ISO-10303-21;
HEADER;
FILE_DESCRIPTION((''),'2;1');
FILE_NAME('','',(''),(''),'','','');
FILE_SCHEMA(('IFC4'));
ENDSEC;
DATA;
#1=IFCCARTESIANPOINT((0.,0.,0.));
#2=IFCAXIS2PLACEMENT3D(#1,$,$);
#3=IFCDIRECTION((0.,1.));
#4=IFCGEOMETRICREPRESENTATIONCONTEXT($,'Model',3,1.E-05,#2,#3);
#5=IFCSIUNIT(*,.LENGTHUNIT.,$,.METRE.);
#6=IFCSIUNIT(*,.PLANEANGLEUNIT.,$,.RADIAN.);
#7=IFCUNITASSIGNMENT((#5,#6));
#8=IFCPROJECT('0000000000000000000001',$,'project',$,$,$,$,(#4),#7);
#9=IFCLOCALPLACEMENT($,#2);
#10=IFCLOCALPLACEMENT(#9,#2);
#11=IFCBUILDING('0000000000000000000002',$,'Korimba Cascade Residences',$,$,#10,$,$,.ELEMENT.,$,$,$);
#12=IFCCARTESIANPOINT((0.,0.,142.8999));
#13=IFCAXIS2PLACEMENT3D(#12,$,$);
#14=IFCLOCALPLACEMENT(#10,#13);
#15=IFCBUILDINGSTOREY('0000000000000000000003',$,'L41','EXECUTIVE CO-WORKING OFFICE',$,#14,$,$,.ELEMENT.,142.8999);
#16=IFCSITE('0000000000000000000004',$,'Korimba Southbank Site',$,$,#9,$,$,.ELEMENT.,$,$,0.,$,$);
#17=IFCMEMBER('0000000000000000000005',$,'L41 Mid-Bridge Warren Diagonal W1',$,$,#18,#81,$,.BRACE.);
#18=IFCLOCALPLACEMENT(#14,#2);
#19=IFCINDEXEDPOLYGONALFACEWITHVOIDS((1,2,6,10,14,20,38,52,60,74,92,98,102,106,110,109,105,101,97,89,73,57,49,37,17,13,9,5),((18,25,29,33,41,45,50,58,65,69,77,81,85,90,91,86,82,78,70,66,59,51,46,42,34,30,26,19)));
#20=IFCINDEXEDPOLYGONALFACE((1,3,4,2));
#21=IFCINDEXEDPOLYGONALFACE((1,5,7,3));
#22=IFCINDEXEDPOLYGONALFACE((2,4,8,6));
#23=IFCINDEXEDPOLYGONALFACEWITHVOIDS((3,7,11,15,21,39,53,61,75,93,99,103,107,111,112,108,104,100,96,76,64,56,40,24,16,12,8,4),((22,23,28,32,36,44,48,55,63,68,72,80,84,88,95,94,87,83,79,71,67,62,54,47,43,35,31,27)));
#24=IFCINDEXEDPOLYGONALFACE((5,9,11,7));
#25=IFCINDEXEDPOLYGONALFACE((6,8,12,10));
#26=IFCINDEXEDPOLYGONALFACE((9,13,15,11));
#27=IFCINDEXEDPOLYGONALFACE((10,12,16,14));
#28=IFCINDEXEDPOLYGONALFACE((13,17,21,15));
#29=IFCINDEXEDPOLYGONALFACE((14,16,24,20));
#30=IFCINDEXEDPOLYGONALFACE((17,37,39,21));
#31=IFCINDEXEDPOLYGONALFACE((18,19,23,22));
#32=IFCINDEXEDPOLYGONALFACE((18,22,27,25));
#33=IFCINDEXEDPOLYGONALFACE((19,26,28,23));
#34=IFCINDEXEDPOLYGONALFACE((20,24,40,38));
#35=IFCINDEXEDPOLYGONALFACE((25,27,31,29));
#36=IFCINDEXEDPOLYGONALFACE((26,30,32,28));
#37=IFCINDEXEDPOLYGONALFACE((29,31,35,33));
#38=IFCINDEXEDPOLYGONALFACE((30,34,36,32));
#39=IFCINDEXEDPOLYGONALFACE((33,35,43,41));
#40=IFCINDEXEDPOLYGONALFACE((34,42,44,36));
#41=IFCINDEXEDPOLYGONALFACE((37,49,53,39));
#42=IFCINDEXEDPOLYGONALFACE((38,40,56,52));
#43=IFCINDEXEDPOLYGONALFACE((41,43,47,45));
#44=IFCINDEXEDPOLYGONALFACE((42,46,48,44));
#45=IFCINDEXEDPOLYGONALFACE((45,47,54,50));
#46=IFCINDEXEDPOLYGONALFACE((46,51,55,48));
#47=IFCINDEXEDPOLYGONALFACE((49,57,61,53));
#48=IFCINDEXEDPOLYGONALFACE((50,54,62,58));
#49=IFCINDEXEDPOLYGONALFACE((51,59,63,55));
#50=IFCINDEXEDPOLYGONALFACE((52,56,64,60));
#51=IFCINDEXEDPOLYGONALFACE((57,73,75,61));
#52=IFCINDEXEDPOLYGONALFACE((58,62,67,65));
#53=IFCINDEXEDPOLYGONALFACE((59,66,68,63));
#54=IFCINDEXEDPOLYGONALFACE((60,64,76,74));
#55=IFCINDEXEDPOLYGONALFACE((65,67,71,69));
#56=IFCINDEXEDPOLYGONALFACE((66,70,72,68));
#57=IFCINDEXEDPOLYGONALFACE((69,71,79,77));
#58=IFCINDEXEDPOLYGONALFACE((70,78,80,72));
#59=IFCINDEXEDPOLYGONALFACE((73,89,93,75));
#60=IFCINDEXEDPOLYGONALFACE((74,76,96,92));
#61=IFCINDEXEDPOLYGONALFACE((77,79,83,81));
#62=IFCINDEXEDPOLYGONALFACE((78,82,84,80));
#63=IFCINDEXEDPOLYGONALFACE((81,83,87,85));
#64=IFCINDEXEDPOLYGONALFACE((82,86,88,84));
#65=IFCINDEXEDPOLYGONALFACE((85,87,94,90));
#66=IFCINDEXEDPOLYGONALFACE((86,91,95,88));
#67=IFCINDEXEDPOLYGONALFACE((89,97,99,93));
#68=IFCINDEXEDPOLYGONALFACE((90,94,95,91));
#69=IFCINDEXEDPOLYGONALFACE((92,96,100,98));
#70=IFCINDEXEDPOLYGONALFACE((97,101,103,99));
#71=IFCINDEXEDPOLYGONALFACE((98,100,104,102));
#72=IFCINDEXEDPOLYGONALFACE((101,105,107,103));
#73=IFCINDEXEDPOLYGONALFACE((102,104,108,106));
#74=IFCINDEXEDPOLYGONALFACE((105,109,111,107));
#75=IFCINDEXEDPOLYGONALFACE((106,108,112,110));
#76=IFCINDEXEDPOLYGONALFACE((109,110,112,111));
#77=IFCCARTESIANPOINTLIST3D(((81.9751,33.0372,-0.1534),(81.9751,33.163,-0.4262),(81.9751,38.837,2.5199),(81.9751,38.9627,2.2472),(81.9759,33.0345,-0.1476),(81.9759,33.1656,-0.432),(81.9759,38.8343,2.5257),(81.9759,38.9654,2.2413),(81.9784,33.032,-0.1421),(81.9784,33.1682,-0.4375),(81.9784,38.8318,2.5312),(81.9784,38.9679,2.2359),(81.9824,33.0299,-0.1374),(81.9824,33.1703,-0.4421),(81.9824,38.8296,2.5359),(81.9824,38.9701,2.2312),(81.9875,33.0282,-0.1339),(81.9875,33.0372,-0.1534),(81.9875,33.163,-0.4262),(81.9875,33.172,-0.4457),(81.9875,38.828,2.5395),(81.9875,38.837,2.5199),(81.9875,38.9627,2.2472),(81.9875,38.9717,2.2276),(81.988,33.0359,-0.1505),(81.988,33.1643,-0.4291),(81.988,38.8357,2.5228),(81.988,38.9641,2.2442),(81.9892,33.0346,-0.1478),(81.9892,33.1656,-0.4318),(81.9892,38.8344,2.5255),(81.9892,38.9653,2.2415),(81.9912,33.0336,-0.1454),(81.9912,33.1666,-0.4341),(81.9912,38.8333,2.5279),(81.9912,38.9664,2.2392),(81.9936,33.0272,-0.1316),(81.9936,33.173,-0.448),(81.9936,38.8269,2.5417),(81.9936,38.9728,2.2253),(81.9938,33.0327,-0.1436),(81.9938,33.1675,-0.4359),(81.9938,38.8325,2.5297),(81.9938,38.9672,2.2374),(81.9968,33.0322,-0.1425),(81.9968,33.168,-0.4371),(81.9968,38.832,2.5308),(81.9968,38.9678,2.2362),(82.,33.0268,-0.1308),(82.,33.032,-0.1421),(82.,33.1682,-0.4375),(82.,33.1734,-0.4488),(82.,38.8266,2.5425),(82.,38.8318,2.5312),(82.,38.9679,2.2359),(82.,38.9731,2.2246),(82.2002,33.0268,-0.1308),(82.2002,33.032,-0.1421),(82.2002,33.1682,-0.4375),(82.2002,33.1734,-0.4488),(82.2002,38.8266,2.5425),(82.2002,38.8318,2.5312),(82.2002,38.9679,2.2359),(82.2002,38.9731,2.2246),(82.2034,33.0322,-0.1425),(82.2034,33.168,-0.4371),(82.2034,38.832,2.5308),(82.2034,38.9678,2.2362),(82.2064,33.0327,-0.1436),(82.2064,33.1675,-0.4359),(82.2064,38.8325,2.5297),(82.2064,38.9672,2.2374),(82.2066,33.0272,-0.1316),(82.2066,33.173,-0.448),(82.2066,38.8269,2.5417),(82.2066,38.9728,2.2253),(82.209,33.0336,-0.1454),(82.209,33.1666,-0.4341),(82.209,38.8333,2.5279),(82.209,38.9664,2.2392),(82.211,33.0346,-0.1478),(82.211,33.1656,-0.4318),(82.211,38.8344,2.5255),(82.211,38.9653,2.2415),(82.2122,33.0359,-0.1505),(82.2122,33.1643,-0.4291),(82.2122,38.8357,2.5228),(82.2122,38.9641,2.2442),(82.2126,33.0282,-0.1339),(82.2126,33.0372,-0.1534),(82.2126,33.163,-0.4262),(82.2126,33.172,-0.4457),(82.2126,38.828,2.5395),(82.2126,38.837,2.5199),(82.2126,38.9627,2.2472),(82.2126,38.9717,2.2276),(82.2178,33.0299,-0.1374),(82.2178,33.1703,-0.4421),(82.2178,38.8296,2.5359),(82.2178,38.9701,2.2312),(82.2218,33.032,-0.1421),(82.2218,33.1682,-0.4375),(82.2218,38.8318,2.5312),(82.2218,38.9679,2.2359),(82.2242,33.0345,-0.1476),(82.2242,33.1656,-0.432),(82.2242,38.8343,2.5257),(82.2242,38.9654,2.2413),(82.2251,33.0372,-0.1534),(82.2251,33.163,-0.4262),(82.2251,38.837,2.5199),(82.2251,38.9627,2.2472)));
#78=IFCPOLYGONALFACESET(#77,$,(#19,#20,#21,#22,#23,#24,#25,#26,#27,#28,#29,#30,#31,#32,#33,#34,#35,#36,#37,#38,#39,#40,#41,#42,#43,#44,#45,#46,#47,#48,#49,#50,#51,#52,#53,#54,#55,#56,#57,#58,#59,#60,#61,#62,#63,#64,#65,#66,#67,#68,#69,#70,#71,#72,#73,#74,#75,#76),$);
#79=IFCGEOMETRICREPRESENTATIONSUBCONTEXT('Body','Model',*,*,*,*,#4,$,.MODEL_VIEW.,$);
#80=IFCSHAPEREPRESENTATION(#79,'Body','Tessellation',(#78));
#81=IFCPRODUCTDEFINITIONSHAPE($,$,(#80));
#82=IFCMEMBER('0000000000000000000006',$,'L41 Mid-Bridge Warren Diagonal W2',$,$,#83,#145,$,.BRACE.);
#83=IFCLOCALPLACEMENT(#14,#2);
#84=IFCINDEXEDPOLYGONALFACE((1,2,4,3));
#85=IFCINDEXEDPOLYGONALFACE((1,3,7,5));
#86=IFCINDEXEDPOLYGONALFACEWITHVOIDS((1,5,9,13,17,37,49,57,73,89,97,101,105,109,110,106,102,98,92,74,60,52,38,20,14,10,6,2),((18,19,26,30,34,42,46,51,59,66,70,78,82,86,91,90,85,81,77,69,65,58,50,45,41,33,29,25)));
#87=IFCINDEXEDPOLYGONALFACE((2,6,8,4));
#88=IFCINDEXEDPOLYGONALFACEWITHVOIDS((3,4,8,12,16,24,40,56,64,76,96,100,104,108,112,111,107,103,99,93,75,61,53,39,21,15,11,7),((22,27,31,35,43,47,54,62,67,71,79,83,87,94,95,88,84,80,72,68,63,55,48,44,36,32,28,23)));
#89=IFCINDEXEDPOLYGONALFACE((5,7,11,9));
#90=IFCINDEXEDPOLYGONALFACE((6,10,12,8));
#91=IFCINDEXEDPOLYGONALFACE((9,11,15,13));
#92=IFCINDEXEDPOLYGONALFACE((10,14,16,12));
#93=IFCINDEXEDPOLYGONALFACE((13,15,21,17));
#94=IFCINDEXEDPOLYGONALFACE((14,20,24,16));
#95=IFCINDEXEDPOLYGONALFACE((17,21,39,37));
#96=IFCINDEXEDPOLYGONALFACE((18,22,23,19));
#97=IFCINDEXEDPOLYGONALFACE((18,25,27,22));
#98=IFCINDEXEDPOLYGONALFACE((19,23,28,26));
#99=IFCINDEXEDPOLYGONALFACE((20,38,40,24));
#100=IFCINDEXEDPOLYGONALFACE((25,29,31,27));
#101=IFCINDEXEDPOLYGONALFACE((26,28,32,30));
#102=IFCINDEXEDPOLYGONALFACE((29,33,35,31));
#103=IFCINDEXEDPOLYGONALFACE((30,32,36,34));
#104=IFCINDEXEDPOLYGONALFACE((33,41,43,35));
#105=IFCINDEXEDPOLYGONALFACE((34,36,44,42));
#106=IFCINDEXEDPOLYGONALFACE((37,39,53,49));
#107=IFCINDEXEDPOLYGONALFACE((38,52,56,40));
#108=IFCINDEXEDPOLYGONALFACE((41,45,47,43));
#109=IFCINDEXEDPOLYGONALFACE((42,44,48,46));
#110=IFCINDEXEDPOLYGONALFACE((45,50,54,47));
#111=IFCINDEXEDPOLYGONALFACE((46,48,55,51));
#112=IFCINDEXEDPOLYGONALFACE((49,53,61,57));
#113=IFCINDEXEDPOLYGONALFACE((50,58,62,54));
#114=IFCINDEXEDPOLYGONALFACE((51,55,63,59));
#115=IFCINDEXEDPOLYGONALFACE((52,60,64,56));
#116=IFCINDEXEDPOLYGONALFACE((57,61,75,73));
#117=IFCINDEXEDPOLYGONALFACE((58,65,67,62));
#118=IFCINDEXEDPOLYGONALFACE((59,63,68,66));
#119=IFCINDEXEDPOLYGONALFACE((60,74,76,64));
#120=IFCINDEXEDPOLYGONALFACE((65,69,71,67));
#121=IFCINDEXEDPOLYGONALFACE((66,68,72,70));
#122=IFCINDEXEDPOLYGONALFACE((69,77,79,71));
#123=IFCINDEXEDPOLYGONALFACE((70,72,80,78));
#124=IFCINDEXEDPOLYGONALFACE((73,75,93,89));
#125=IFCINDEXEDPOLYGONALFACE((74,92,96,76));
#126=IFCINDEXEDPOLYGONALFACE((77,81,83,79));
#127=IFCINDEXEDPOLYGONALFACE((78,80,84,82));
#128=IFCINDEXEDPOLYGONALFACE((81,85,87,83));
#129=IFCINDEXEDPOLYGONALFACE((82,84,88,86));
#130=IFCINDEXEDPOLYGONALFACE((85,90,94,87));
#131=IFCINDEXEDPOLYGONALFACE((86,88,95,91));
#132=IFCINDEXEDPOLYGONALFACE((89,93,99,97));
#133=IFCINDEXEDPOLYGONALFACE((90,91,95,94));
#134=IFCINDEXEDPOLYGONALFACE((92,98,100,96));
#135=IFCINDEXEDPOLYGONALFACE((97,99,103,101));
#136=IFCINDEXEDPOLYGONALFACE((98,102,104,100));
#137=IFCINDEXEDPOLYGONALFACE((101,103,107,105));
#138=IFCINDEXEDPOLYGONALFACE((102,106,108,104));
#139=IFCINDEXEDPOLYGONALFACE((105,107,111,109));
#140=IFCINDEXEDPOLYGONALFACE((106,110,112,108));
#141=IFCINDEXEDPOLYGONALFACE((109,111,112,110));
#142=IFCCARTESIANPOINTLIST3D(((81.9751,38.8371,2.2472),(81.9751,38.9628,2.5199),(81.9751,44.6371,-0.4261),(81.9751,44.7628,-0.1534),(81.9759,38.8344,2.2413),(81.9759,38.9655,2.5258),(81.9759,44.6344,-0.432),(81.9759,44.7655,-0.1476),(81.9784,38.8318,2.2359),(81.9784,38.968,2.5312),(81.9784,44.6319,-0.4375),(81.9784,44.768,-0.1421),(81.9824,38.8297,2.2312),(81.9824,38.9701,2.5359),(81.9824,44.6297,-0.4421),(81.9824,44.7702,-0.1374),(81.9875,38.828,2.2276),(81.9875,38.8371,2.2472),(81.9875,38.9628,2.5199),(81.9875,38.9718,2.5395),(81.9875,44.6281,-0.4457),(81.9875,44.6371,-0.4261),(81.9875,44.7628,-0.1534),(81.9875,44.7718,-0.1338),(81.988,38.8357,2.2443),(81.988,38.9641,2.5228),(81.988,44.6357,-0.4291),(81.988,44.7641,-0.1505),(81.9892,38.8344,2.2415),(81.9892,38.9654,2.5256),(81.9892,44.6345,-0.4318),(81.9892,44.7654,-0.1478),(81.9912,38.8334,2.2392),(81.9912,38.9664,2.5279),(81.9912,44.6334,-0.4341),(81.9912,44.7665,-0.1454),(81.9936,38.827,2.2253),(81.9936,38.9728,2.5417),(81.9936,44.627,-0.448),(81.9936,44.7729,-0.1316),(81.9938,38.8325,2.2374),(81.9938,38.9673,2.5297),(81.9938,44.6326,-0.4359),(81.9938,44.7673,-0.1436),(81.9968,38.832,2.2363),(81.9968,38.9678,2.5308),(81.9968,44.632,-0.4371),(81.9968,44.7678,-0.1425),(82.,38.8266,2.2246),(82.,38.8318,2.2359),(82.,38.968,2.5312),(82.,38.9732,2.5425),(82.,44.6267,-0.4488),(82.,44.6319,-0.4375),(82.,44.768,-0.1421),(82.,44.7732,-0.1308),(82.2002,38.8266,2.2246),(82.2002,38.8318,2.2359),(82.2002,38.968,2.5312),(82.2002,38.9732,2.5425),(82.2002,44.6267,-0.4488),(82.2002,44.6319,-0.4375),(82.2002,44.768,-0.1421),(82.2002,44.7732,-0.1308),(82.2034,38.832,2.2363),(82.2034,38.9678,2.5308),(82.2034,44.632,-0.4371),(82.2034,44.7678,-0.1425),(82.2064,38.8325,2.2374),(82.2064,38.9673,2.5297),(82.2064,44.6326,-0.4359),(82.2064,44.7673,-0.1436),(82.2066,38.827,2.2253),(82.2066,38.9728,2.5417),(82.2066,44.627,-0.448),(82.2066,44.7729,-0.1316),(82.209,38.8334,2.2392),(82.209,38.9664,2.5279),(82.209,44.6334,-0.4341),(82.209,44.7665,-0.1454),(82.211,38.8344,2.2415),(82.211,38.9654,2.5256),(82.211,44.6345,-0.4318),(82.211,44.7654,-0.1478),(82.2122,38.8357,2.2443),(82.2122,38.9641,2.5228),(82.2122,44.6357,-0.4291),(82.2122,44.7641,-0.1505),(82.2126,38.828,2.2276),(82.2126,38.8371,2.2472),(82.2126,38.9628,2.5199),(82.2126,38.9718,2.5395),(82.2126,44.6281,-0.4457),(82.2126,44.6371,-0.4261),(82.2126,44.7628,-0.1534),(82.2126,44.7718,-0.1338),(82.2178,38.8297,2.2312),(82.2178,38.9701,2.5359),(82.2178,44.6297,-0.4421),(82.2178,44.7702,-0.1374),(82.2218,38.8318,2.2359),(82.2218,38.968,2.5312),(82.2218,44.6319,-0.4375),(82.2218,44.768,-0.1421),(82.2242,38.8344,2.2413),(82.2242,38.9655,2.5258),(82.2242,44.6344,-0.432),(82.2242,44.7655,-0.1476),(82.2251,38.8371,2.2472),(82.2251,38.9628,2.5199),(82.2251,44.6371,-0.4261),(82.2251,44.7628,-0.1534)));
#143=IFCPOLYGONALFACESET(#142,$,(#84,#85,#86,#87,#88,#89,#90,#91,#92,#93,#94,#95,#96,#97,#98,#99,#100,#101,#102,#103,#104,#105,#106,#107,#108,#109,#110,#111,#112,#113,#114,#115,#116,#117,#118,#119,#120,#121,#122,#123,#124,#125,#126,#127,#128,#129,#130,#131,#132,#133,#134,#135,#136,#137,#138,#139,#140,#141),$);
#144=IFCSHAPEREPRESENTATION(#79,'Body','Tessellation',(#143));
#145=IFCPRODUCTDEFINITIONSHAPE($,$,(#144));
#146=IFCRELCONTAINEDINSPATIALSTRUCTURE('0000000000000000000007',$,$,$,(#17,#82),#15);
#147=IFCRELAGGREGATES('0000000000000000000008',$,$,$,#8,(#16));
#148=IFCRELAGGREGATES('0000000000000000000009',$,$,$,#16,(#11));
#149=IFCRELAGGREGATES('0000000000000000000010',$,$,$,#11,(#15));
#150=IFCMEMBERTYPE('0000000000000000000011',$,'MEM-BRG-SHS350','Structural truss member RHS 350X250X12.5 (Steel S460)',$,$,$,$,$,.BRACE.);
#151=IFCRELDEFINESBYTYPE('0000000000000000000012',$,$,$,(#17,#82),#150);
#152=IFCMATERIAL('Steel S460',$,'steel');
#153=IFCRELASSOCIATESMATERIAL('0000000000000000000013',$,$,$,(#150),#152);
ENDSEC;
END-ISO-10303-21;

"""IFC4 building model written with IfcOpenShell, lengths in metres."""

from ifc_helpers import new_model, si_unit, direction, frame, origin, origin_2d, place, context, subcontext, project, spatial, hollow_rectangle, extrude, material, material_profile, profile_set, type_object, element, save


model = new_model("IFC4")

# Units and contexts
model_context = context("Model", 3, precision=1e-05, world=origin(), true_north=direction((0.0, 1.0)))
body_context = subcontext(model_context, "Body", "Model", "MODEL_VIEW")
ifc_project = project(units=[si_unit("LENGTHUNIT", "METRE"), si_unit("PLANEANGLEUNIT", "RADIAN")], contexts=[model_context])

# Site, building, storey
site_placement = place(None, origin())
site = spatial("IfcSite", under=ifc_project, at=site_placement, Name="Korimba Southbank Site", CompositionType="ELEMENT", RefElevation=0.0)
building_placement = place(site_placement, origin())
building = spatial("IfcBuilding", under=site, at=building_placement, Name="Korimba Cascade Residences", CompositionType="ELEMENT")
storey_placement = place(building_placement, frame((0.0, 0.0, 142.8999)))
storey = spatial("IfcBuildingStorey", under=building, at=storey_placement, Name="L41", Description="EXECUTIVE CO-WORKING OFFICE", CompositionType="ELEMENT", Elevation=142.8999)

# Shared definitions
ifc_material_1 = material(Name="Steel S460", Category="steel")

# Members
ifc_material_profile_1 = material_profile(ifc_material_1, hollow_rectangle(XDim=0.25, YDim=0.3501, WallThickness=0.0125, InnerFilletRadius=0.0125, OuterFilletRadius=0.0249, at=origin_2d()), Name="Steel S460")
ifc_profile_set_1 = profile_set([ifc_material_profile_1], Name="Steel S460")
member_type_1 = type_object("IfcMemberType", Name="MEM-BRG-SHS350", Description="Structural truss member RHS 350X250X12.5 (Steel S460)", PredefinedType="BRACE", material=ifc_profile_set_1)
member_1_placement = place(storey_placement, frame((82.1001, 33.1001, -0.2898), z_axis=(0.0, 0.908167, 0.418607), x_axis=(-1.0, 0.0, 0.0)))
element("IfcMember", 1, at=member_1_placement, inside=storey, type_object=member_type_1, Name="L41 Mid-Bridge Warren Diagonal W1", PredefinedType="BRACE", context=body_context, shape_type="SweptSolid", body=[
    extrude(hollow_rectangle(XDim=0.25, YDim=0.3501, WallThickness=0.0125, InnerFilletRadius=0.0125, OuterFilletRadius=0.0249, at=origin_2d()), origin(), (0.0, 0.0, 1.0), 6.3862),
])
member_2_placement = place(storey_placement, frame((82.1001, 38.8999, 2.3835), z_axis=(0.0, 0.908174, -0.418593), x_axis=(-1.0, 0.0, 0.0)))
element("IfcMember", 2, at=member_2_placement, inside=storey, type_object=member_type_1, Name="L41 Mid-Bridge Warren Diagonal W2", PredefinedType="BRACE", context=body_context, shape_type="SweptSolid", body=[
    extrude(hollow_rectangle(XDim=0.25, YDim=0.3501, WallThickness=0.0125, InnerFilletRadius=0.0125, OuterFilletRadius=0.0249, at=origin_2d()), origin(), (0.0, 0.0, 1.0), 6.3865),
])

save(model, "model.ifc")
